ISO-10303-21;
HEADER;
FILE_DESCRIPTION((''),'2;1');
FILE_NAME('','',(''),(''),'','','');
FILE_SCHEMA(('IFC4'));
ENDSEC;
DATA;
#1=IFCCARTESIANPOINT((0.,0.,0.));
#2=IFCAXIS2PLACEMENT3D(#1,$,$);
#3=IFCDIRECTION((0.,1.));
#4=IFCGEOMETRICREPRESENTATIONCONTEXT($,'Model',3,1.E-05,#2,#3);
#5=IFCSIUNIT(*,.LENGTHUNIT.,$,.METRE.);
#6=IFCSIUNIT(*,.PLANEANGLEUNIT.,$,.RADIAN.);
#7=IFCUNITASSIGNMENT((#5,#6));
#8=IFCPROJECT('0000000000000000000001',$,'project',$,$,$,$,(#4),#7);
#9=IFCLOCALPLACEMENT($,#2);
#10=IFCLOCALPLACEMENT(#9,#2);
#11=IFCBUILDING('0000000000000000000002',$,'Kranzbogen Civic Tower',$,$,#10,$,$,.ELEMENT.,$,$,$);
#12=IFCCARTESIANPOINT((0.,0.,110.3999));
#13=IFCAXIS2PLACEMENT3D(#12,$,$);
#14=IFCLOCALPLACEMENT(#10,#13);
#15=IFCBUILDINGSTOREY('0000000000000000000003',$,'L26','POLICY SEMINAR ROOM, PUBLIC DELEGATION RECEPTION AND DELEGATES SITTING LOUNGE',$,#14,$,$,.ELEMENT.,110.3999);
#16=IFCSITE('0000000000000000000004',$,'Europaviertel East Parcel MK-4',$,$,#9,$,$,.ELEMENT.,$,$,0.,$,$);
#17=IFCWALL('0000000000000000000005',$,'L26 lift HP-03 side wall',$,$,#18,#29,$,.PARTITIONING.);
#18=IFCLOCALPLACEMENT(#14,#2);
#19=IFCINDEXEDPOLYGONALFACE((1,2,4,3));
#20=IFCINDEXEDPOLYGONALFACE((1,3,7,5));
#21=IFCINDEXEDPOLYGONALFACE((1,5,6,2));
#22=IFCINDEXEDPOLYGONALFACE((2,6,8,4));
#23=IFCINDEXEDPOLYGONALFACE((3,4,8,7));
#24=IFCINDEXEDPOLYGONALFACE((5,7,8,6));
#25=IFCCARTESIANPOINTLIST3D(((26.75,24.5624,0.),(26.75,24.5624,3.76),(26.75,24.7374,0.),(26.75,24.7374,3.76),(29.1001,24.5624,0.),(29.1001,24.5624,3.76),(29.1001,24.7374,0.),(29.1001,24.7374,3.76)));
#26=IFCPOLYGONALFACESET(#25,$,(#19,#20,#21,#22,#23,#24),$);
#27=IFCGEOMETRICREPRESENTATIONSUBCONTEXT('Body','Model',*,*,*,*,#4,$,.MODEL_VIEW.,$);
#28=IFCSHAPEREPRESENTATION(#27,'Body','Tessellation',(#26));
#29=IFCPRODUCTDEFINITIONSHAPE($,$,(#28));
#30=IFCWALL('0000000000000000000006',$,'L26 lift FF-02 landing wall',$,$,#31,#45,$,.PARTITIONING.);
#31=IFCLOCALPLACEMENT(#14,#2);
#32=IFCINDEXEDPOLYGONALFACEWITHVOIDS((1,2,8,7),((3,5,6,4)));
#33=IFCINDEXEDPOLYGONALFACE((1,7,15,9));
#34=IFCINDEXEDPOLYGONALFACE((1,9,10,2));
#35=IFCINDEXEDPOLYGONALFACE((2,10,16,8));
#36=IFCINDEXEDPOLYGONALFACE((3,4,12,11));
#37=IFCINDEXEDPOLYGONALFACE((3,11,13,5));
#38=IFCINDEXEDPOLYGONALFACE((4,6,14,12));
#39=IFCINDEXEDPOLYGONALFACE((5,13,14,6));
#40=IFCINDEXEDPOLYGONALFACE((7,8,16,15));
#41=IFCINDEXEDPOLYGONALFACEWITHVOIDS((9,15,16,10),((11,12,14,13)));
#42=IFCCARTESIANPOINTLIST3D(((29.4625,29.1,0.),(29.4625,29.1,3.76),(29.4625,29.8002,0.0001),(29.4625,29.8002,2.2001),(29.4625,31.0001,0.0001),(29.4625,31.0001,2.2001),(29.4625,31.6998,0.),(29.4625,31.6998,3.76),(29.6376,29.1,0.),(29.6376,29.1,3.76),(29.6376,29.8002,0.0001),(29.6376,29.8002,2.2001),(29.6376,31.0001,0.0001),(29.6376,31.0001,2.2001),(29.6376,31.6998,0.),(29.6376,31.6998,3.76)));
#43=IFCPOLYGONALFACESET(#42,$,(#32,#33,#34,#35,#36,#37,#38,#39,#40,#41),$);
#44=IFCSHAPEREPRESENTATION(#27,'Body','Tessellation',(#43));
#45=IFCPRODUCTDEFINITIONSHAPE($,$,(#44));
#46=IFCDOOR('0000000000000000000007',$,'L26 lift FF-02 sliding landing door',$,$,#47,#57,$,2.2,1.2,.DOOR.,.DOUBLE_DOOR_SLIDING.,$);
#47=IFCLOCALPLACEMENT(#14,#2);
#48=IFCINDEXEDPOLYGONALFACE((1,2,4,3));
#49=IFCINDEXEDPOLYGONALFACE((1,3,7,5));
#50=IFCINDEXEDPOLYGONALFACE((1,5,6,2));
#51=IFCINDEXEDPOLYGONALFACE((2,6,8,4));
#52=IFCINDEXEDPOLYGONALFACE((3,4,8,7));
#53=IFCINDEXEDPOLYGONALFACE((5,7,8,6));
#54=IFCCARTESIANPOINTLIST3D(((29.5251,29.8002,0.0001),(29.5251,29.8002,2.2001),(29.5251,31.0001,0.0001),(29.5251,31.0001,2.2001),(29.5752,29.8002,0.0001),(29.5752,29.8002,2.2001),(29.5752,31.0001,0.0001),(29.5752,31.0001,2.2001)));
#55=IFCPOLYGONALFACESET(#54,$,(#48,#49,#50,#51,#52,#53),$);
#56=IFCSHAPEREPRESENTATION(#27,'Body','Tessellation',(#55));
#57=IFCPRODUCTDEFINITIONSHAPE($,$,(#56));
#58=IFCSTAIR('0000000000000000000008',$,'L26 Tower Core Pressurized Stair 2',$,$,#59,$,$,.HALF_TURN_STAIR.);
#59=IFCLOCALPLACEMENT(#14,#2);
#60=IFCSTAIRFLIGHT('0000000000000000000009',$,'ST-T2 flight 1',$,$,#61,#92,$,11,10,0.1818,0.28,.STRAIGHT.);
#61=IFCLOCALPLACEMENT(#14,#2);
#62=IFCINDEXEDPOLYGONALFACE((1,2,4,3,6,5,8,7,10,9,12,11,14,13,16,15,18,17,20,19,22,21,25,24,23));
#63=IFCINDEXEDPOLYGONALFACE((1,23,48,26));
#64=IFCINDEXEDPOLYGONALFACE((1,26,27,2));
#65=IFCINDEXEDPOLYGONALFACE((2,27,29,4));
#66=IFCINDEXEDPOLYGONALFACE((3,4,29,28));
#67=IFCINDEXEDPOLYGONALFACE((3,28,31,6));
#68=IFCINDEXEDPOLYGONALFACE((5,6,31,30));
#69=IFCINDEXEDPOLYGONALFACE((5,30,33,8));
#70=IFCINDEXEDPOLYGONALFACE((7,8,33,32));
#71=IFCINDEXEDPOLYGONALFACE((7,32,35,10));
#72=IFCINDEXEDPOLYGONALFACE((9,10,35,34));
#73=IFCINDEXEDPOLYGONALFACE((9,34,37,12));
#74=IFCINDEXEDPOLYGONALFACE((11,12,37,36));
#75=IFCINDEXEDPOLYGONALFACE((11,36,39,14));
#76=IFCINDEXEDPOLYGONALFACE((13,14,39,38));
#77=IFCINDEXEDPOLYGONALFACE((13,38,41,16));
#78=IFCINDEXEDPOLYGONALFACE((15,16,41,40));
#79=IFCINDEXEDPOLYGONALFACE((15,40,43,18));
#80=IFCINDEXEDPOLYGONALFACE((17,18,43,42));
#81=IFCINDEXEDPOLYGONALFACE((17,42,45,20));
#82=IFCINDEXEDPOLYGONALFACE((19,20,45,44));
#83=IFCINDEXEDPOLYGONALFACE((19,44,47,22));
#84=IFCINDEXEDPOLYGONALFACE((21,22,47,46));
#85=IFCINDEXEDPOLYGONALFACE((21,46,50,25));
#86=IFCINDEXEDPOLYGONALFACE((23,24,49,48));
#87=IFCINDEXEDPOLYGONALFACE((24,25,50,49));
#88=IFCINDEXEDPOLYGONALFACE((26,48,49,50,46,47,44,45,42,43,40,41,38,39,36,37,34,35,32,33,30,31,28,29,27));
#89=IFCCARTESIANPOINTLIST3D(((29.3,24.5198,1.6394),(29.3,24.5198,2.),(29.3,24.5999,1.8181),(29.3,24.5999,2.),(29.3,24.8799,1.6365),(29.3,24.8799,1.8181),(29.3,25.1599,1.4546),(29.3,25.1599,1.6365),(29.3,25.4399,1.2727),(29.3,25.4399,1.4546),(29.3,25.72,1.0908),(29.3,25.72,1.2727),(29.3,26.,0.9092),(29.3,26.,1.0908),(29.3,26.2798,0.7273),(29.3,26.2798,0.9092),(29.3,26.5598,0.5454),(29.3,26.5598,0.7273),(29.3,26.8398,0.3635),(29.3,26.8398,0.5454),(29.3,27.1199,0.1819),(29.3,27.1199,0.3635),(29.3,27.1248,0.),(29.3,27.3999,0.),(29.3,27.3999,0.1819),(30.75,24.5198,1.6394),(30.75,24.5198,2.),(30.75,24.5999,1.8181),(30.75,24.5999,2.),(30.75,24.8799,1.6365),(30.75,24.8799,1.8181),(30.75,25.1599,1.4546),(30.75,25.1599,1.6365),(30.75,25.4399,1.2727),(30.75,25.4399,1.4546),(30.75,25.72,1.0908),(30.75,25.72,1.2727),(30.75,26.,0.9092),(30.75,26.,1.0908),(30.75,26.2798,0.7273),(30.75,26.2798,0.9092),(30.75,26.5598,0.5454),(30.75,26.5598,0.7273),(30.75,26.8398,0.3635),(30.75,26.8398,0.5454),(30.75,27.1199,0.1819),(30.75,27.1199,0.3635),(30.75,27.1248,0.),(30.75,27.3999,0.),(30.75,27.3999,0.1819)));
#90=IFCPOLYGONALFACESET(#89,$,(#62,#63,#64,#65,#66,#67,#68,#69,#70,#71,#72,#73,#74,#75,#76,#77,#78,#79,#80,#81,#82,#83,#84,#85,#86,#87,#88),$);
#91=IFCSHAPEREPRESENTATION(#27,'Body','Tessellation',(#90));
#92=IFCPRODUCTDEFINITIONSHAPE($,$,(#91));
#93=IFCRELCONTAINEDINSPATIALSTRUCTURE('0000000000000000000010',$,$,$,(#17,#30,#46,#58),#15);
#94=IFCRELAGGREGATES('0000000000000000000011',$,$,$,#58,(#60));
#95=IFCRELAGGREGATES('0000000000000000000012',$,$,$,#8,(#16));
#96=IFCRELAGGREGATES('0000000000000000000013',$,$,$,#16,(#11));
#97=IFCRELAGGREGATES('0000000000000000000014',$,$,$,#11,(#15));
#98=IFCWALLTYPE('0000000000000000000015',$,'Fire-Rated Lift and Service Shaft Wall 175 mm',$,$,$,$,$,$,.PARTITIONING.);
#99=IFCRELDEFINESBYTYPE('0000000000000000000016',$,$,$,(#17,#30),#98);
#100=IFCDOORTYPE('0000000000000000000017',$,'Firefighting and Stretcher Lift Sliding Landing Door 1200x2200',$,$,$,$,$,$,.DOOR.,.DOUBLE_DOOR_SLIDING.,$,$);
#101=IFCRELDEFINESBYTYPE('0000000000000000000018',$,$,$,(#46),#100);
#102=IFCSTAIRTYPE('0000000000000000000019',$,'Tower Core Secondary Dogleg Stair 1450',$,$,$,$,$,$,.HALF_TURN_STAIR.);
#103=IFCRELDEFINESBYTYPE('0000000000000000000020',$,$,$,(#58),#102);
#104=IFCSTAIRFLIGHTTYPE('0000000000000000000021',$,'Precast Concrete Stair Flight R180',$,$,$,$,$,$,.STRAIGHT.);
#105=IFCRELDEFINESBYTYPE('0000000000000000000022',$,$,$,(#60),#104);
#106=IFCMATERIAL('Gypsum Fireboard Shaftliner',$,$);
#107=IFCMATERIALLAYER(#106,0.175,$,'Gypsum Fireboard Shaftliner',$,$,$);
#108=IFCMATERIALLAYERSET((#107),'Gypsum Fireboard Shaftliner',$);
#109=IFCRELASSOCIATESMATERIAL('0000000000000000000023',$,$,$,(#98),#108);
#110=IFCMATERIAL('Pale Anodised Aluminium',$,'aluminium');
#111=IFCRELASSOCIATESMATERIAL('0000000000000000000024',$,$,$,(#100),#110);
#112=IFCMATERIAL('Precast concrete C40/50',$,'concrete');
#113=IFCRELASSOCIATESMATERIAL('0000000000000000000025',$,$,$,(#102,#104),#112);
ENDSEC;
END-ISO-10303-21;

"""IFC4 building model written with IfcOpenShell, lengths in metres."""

from ifc_helpers import new_model, si_unit, direction, frame, frame_2d, origin, place, context, subcontext, project, spatial, polyline, rectangle, outline, extrude, material, layer, layer_set, type_object, element, fill, aggregate, save


model = new_model("IFC4")

# Units and contexts
model_context = context("Model", 3, precision=1e-05, world=origin(), true_north=direction((0.0, 1.0)))
body_context = subcontext(model_context, "Body", "Model", "MODEL_VIEW")
ifc_project = project(units=[si_unit("LENGTHUNIT", "METRE"), si_unit("PLANEANGLEUNIT", "RADIAN")], contexts=[model_context])

# Site, building, storey
site_placement = place(None, origin())
site = spatial("IfcSite", under=ifc_project, at=site_placement, Name="Europaviertel East Parcel MK-4", CompositionType="ELEMENT", RefElevation=0.0)
building_placement = place(site_placement, origin())
building = spatial("IfcBuilding", under=site, at=building_placement, Name="Kranzbogen Civic Tower", CompositionType="ELEMENT")
storey_placement = place(building_placement, frame((0.0, 0.0, 110.3999)))
storey = spatial("IfcBuildingStorey", under=building, at=storey_placement, Name="L26", Description="POLICY SEMINAR ROOM, PUBLIC DELEGATION RECEPTION AND DELEGATES SITTING LOUNGE", CompositionType="ELEMENT", Elevation=110.3999)

# Wall
ifc_material_1 = material(Name="Gypsum Fireboard Shaftliner")
ifc_layer_1 = layer(ifc_material_1, 0.175, Name="Gypsum Fireboard Shaftliner")
ifc_layer_set_1 = layer_set([ifc_layer_1], Name="Gypsum Fireboard Shaftliner")
wall_type_1 = type_object("IfcWallType", Name="Fire-Rated Lift and Service Shaft Wall 175 mm", PredefinedType="PARTITIONING", material=ifc_layer_set_1)
wall_1_placement = place(storey_placement, frame((26.75, 24.6499, 0.0), z_axis=(0.0, 0.0, 1.0), x_axis=(1.0, 0.0, 0.0)))
element("IfcWall", 1, at=wall_1_placement, inside=storey, type_object=wall_type_1, Name="L26 lift HP-03 side wall", PredefinedType="PARTITIONING", context=body_context, shape_type="SweptSolid", body=[
    extrude(rectangle(XDim=2.3501, YDim=0.175, at=frame_2d((1.175, 0.0))), origin(), (0.0, 0.0, 1.0), 3.76),
])

# Wall, opening, door
wall_2_placement = place(storey_placement, frame((29.55, 29.1001, 0.0), z_axis=(0.0, 0.0, 1.0), x_axis=(0.0, 1.0, 0.0)))
wall_2 = element("IfcWall", 2, at=wall_2_placement, inside=storey, type_object=wall_type_1, Name="L26 lift FF-02 landing wall", PredefinedType="PARTITIONING", context=body_context, shape_type="SweptSolid", body=[
    extrude(rectangle(XDim=2.5999, YDim=0.175, at=frame_2d((1.2998, 0.0))), origin(), (0.0, 0.0, 1.0), 3.76),
])
opening_1_placement = place(wall_2_placement, frame((0.7, 0.0, 0.0)))
opening_1 = element("IfcOpeningElement", 3, at=opening_1_placement, cuts=wall_2, PredefinedType="OPENING", context=body_context, shape_type="SweptSolid", body=[
    extrude(rectangle(XDim=1.2, YDim=2.2, at=frame_2d((0.6001, 1.1001))), frame((0.0, 0.0977, 0.0), z_axis=(0.0, -1.0, 0.0), x_axis=(1.0, 0.0, 0.0)), (0.0, 0.0, 1.0), 0.1951),
])
ifc_material_2 = material(Name="Pale Anodised Aluminium", Category="aluminium")
door_type_1 = type_object("IfcDoorType", Name="Firefighting and Stretcher Lift Sliding Landing Door 1200x2200", OperationType="DOUBLE_DOOR_SLIDING", PredefinedType="DOOR", material=ifc_material_2)
door_1_placement = place(opening_1_placement, origin())
door_1 = element("IfcDoor", 4, at=door_1_placement, inside=storey, type_object=door_type_1, Name="L26 lift FF-02 sliding landing door", OperationType="DOUBLE_DOOR_SLIDING", OverallHeight=2.2, OverallWidth=1.2, PredefinedType="DOOR", context=body_context, shape_type="SweptSolid", body=[
    extrude(rectangle(XDim=1.2, YDim=2.2, at=frame_2d((0.6001, 1.1001))), frame((0.0, 0.0249, 0.0), z_axis=(0.0, -1.0, 0.0), x_axis=(1.0, 0.0, 0.0)), (0.0, 0.0, 1.0), 0.05),
])
fill(opening_1, door_1)

# Stair, stair flight
ifc_material_3 = material(Name="Precast concrete C40/50", Category="concrete")
stair_type = type_object("IfcStairType", Name="Tower Core Secondary Dogleg Stair 1450", PredefinedType="HALF_TURN_STAIR", material=ifc_material_3)
stair_placement = place(storey_placement, origin())
stair = element("IfcStair", 5, at=stair_placement, inside=storey, type_object=stair_type, Name="L26 Tower Core Pressurized Stair 2", PredefinedType="HALF_TURN_STAIR")
stair_flight_type = type_object("IfcStairFlightType", Name="Precast Concrete Stair Flight R180", PredefinedType="STRAIGHT", material=ifc_material_3)
stair_flight_placement = place(storey_placement, frame((30.0249, 27.3999, 0.0), z_axis=(0.0, 0.0, 1.0), x_axis=(0.0, -1.0, 0.0)))
stair_flight = element("IfcStairFlight", 6, at=stair_flight_placement, type_object=stair_flight_type, Name="ST-T2 flight 1", NumberOfRisers=11, NumberOfTreads=10, PredefinedType="STRAIGHT", RiserHeight=0.1818, TreadLength=0.28, context=body_context, shape_type="SweptSolid", body=[
    extrude(outline(polyline([(0.0, 0.0), (0.0, 0.1819), (0.28, 0.1819), (0.28, 0.3635), (0.5601, 0.3635), (0.5601, 0.5454), (0.8401, 0.5454), (0.8401, 0.7273), (1.1201, 0.7273), (1.1201, 0.9092), (1.3999, 0.9092), (1.3999, 1.0908), (1.6799, 1.0908), (1.6799, 1.2727), (1.96, 1.2727), (1.96, 1.4546), (2.24, 1.4546), (2.24, 1.6365), (2.52, 1.6365), (2.52, 1.8181), (2.8, 1.8181), (2.8, 2.0), (2.8801, 2.0), (2.8801, 1.6394), (0.2751, 0.0), (0.0, 0.0)])), frame((0.0, 0.7251, 0.0), z_axis=(0.0, -1.0, 0.0), x_axis=(1.0, 0.0, 0.0)), (0.0, 0.0, 1.0), 1.45),
])
aggregate(stair, [stair_flight])

save(model, "model.ifc")
